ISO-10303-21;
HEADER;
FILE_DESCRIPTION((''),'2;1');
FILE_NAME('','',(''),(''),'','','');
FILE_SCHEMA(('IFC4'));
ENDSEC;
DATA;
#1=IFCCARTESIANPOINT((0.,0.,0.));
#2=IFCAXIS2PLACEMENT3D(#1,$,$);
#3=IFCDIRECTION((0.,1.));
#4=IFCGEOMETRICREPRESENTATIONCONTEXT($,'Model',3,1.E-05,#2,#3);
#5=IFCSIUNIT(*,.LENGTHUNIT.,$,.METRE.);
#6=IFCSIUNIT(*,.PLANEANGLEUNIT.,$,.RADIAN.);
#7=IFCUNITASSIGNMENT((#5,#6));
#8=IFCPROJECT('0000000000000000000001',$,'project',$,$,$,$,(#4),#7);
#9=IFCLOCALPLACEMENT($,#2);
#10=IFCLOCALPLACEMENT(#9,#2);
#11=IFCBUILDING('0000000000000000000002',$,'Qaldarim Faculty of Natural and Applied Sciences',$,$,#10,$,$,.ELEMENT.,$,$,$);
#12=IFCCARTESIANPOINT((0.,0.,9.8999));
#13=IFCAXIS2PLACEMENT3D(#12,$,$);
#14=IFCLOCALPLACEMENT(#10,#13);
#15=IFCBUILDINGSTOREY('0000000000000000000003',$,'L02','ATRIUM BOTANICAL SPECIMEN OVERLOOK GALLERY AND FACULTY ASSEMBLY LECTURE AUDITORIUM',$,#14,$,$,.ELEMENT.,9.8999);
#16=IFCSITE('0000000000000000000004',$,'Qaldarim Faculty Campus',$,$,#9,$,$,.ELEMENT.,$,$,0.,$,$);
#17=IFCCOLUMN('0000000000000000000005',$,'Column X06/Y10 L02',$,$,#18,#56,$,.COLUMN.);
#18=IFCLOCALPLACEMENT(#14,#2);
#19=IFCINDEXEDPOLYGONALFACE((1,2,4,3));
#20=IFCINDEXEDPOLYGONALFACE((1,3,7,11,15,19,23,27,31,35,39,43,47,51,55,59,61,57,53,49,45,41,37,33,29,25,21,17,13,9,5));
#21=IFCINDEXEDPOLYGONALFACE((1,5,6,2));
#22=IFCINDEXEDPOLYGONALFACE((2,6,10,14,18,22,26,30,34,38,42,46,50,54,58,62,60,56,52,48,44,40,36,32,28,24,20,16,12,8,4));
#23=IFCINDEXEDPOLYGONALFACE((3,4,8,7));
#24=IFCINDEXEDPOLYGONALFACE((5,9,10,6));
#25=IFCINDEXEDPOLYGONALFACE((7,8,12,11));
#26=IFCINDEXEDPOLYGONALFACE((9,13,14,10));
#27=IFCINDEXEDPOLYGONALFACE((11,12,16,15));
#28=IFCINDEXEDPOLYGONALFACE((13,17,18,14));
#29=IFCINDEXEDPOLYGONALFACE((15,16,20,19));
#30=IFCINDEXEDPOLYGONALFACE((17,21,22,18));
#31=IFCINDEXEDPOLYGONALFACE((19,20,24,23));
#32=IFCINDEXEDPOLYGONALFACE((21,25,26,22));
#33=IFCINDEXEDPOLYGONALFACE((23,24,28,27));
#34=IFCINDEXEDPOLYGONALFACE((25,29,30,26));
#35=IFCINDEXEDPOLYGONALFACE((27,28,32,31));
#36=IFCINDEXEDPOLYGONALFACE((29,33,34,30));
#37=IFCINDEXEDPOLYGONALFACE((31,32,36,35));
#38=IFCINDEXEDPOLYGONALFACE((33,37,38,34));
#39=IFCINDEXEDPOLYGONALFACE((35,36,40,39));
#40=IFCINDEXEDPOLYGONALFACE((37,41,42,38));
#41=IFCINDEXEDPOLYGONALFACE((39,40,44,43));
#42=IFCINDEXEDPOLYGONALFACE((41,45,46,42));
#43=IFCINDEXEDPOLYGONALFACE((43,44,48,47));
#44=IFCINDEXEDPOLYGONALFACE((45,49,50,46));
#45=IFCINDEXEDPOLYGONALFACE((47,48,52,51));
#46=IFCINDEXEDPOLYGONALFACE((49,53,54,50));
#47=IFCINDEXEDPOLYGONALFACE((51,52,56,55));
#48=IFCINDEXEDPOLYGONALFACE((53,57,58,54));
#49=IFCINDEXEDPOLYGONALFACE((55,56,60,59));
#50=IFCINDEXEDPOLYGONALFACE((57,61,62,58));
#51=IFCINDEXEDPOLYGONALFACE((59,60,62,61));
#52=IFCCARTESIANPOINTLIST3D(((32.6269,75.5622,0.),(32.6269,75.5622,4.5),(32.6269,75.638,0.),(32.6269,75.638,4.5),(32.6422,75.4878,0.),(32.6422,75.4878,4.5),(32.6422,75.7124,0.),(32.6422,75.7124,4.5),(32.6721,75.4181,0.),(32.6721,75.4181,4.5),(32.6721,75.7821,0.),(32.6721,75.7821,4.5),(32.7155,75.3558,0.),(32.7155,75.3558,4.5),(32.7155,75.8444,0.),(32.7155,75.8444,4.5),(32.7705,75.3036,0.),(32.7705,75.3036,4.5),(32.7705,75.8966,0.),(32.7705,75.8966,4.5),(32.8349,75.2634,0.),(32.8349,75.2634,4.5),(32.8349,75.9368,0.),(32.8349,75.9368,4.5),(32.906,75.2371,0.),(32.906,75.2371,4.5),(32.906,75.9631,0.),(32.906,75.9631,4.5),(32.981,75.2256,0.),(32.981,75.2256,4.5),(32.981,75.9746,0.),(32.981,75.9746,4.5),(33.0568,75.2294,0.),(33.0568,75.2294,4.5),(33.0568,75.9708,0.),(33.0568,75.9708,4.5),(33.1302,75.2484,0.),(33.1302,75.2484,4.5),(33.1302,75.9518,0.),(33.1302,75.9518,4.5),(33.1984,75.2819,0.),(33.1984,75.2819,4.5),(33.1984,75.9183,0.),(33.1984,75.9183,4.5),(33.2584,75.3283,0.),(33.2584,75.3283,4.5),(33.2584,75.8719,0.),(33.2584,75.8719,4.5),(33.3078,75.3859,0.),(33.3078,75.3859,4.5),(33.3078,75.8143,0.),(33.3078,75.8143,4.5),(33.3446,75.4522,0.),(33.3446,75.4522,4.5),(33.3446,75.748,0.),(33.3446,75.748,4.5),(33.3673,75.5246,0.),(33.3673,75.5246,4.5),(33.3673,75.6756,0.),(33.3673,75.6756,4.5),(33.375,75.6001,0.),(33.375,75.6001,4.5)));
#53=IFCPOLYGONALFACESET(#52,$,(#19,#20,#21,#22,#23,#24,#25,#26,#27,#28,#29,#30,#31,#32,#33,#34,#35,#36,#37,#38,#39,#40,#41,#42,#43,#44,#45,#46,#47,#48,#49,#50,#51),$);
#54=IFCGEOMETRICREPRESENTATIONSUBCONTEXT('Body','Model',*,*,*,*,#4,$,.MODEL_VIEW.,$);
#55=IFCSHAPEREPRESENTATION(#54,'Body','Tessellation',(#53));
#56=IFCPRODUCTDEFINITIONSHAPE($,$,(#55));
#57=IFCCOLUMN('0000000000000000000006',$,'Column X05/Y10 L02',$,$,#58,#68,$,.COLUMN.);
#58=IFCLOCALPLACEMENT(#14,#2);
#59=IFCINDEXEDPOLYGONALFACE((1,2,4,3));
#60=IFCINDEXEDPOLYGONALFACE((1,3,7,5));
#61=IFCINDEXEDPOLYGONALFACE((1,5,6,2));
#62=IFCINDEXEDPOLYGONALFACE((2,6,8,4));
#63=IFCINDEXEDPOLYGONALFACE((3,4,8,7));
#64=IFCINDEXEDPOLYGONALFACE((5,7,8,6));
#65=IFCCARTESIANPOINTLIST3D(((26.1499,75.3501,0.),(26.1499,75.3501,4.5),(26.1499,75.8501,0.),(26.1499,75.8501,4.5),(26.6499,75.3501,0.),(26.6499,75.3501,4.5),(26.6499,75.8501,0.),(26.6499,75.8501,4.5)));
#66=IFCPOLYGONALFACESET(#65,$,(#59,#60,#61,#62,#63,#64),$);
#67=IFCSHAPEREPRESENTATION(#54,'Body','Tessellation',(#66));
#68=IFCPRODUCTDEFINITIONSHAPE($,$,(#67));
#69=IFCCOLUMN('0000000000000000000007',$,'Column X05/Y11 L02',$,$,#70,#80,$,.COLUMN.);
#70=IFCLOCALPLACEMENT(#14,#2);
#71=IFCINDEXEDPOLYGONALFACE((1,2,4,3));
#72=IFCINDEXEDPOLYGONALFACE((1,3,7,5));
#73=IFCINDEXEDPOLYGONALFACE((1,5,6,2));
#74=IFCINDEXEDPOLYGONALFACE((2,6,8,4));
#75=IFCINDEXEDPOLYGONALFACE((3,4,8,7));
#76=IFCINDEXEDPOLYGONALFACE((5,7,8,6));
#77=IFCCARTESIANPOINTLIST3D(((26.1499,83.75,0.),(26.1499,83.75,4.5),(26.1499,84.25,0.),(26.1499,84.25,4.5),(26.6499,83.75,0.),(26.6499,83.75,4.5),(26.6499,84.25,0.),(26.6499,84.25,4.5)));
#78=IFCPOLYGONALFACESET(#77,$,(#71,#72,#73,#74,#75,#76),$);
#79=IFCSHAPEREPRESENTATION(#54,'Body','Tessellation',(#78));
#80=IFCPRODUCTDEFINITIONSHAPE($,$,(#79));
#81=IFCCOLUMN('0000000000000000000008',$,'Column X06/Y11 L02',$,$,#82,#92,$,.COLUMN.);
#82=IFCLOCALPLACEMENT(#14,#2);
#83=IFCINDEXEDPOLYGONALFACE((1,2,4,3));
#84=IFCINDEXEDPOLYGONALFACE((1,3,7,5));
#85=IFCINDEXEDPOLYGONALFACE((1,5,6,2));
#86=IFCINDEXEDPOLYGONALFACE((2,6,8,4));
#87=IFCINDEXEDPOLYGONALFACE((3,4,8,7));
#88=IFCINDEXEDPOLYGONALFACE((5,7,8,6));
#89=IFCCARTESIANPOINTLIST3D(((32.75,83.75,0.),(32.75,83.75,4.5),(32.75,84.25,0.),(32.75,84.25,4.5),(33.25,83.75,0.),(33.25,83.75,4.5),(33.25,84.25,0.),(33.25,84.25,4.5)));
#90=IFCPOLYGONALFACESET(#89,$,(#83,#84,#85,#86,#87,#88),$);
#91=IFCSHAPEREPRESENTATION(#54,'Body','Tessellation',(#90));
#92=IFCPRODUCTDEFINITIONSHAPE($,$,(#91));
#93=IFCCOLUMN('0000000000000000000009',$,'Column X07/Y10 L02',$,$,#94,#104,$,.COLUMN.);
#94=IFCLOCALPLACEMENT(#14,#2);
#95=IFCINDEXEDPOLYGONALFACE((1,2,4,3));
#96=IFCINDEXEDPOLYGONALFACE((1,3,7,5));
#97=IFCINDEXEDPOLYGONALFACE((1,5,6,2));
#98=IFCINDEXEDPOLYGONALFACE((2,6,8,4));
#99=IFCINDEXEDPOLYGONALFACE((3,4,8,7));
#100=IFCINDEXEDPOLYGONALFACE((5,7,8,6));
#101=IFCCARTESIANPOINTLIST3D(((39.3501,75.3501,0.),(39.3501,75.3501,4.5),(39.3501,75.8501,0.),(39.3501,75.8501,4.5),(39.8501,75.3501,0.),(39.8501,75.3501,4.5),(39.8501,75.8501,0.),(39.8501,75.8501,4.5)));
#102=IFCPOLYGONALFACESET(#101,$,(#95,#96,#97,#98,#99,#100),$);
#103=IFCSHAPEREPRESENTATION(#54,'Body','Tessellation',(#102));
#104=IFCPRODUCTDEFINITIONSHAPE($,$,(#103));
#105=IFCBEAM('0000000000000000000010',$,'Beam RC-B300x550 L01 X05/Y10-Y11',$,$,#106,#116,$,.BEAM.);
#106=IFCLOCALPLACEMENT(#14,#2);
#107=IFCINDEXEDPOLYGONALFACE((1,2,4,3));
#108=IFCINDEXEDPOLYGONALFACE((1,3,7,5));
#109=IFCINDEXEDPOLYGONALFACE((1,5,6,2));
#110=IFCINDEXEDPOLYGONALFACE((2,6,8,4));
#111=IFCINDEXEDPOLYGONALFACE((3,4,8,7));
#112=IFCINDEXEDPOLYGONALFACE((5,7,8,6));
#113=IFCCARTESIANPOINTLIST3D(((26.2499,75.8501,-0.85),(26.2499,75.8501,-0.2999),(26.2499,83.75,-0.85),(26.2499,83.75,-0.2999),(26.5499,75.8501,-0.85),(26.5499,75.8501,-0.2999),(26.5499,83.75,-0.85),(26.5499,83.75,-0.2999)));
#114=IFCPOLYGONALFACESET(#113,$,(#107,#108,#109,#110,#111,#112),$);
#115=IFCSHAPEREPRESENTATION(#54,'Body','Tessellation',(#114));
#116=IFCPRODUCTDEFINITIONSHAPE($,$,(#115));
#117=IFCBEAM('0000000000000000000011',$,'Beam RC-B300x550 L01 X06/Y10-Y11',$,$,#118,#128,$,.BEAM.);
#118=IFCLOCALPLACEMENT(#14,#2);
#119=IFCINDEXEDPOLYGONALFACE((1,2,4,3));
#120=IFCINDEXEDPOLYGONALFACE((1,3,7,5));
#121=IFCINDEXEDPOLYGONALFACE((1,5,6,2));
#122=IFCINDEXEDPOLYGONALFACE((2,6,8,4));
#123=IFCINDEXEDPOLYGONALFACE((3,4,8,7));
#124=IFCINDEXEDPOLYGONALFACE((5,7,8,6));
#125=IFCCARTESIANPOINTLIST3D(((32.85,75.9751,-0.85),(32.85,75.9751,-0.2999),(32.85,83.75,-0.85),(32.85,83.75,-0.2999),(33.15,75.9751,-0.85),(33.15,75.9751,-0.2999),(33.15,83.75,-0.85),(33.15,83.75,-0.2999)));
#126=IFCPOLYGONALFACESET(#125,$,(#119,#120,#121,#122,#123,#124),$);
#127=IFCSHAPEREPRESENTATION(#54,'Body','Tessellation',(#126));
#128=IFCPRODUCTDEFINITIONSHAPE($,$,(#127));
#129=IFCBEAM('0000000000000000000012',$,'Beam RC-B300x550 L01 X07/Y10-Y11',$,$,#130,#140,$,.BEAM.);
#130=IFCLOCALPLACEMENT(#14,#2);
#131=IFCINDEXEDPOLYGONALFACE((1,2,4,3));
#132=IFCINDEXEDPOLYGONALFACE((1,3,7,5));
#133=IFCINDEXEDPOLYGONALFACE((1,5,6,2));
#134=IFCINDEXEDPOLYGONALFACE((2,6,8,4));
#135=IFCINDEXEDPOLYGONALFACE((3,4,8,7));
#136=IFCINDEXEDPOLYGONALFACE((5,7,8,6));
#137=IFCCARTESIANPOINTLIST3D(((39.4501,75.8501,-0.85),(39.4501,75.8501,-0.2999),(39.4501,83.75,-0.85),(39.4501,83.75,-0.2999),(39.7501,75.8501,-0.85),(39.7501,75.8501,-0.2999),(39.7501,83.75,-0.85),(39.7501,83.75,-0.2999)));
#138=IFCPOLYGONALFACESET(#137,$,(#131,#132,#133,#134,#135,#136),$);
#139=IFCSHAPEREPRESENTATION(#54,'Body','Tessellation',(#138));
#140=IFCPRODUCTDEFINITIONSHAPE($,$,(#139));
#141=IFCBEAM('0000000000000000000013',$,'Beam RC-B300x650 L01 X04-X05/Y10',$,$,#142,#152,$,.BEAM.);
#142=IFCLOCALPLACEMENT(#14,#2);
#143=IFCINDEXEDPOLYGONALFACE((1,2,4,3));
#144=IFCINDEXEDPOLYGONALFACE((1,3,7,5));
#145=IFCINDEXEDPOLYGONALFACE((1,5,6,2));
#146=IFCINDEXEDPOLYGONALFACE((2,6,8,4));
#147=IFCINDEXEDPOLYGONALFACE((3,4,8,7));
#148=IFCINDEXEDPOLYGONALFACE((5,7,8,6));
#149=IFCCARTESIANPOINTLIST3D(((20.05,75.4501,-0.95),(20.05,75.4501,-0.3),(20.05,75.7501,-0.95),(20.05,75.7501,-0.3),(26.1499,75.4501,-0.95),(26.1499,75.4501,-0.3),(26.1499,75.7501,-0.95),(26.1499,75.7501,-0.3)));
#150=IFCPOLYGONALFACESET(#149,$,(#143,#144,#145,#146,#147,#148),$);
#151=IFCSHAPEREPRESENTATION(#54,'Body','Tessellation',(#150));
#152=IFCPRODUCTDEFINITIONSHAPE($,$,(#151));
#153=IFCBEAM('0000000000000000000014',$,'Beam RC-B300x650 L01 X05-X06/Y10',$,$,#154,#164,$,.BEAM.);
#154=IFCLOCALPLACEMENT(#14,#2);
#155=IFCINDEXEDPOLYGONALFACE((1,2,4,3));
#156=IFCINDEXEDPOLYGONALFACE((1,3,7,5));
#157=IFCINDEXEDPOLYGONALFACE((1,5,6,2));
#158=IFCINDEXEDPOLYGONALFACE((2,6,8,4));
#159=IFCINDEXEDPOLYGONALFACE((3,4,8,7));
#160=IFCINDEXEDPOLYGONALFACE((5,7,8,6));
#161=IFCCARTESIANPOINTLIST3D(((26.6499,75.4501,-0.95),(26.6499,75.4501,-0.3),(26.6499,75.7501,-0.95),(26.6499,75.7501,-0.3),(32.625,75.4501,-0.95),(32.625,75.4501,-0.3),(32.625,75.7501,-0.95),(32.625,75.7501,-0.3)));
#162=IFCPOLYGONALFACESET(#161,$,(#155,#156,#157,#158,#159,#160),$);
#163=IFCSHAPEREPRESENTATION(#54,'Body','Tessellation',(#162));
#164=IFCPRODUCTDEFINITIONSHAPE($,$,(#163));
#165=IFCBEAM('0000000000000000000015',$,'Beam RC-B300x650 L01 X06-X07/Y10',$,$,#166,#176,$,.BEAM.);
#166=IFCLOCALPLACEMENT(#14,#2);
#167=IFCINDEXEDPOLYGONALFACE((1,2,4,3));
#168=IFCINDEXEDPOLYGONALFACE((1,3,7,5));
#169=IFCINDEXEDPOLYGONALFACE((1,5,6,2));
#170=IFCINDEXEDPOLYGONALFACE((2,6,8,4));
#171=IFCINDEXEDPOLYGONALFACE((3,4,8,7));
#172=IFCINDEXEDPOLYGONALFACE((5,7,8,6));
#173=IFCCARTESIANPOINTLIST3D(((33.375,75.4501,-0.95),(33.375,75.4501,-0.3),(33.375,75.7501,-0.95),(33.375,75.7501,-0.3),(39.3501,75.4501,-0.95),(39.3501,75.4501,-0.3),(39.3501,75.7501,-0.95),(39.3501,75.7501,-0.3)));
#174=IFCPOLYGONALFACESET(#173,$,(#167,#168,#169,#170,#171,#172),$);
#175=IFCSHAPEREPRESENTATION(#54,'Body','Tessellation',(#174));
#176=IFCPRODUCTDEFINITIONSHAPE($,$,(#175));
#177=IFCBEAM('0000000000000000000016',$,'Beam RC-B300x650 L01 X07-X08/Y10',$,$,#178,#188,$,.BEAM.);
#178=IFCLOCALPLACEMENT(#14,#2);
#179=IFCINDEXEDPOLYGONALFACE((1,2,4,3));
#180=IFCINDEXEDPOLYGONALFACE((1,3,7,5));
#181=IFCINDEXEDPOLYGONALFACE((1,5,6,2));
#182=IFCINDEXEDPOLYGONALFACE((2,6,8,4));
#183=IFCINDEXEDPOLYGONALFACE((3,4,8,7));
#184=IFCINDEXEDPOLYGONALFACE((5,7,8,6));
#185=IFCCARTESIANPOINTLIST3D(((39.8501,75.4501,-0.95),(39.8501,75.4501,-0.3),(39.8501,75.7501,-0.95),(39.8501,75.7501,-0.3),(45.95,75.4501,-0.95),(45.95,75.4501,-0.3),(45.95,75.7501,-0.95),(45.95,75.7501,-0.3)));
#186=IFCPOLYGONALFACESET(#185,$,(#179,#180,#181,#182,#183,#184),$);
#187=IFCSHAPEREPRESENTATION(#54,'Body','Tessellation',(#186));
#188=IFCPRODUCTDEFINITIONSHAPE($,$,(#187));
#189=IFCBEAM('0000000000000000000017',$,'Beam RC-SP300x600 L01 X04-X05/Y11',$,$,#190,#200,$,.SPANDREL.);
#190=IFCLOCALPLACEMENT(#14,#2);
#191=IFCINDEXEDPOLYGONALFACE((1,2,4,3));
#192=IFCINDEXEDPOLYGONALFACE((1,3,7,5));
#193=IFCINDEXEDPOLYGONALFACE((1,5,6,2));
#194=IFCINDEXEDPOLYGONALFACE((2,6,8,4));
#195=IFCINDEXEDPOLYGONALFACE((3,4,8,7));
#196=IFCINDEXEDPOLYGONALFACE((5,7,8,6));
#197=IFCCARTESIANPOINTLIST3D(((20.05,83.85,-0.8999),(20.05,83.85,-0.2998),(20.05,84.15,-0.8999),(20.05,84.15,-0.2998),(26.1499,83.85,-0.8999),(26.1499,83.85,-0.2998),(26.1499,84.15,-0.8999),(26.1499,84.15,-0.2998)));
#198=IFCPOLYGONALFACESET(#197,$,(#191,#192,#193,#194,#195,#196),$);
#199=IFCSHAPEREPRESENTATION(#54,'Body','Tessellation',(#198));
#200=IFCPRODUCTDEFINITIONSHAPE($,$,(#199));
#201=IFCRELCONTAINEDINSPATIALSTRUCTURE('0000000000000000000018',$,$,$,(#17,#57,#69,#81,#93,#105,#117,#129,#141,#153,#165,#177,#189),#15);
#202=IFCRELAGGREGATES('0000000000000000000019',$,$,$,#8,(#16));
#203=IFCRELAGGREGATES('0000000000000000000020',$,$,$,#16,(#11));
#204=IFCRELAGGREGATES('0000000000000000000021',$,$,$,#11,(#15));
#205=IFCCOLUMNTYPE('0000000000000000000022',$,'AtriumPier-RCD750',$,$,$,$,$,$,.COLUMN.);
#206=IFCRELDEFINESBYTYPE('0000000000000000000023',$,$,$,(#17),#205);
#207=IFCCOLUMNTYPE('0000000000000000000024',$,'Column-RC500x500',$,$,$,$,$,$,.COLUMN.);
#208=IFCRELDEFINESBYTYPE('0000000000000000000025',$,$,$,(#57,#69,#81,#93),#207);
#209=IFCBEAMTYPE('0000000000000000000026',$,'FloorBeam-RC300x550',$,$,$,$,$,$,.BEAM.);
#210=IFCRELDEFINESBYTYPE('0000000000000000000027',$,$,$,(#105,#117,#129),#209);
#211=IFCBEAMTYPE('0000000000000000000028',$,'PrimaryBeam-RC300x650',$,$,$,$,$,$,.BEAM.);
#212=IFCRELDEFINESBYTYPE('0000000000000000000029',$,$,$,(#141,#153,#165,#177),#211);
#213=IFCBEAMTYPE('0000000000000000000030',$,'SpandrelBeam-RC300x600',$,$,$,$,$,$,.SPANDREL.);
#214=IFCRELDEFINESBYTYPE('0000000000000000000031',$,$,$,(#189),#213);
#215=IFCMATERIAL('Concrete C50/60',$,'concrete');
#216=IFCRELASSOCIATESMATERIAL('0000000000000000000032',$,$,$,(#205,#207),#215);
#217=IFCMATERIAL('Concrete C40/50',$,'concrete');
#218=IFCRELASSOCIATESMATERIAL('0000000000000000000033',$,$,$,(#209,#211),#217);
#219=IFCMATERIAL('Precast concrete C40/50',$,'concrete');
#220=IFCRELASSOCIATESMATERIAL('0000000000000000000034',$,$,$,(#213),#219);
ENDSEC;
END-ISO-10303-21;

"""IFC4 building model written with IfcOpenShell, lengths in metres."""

from ifc_helpers import new_model, si_unit, direction, frame, origin, origin_2d, place, context, subcontext, project, spatial, rectangle, circle, extrude, material, material_profile, profile_set, type_object, element, save


model = new_model("IFC4")

# Units and contexts
model_context = context("Model", 3, precision=1e-05, world=origin(), true_north=direction((0.0, 1.0)))
body_context = subcontext(model_context, "Body", "Model", "MODEL_VIEW")
ifc_project = project(units=[si_unit("LENGTHUNIT", "METRE"), si_unit("PLANEANGLEUNIT", "RADIAN")], contexts=[model_context])

# Site, building, storey
site_placement = place(None, origin())
site = spatial("IfcSite", under=ifc_project, at=site_placement, Name="Qaldarim Faculty Campus", CompositionType="ELEMENT", RefElevation=0.0)
building_placement = place(site_placement, origin())
building = spatial("IfcBuilding", under=site, at=building_placement, Name="Qaldarim Faculty of Natural and Applied Sciences", CompositionType="ELEMENT")
storey_placement = place(building_placement, frame((0.0, 0.0, 9.8999)))
storey = spatial("IfcBuildingStorey", under=building, at=storey_placement, Name="L02", Description="ATRIUM BOTANICAL SPECIMEN OVERLOOK GALLERY AND FACULTY ASSEMBLY LECTURE AUDITORIUM", CompositionType="ELEMENT", Elevation=9.8999)

# Columns
ifc_material_1 = material(Name="Concrete C50/60", Category="concrete")
ifc_material_profile_1 = material_profile(ifc_material_1, circle(Radius=0.375, at=origin_2d()), Name="RC-D750")
ifc_profile_set_1 = profile_set([ifc_material_profile_1], Name="Concrete C50/60")
column_type_1 = type_object("IfcColumnType", Name="AtriumPier-RCD750", PredefinedType="COLUMN", material=ifc_profile_set_1)
column_placement = place(storey_placement, frame((33.0, 75.6001, 0.0), z_axis=(0.0, 0.0, 1.0), x_axis=(1.0, 0.0, 0.0)))
element("IfcColumn", 1, at=column_placement, inside=storey, type_object=column_type_1, Name="Column X06/Y10 L02", PredefinedType="COLUMN", context=body_context, shape_type="SweptSolid", body=[
    extrude(circle(Radius=0.375, at=origin_2d()), origin(), (0.0, 0.0, 1.0), 4.5),
])
ifc_material_profile_2 = material_profile(ifc_material_1, rectangle(XDim=0.5, YDim=0.5, at=origin_2d()), Name="RC-C500x500")
ifc_profile_set_2 = profile_set([ifc_material_profile_2], Name="Concrete C50/60")
column_type_2 = type_object("IfcColumnType", Name="Column-RC500x500", PredefinedType="COLUMN", material=ifc_profile_set_2)
for number, where, z_axis, x_axis, name in (
    (2, (26.3999, 75.6001, 0.0), (0.0, 0.0, 1.0), (1.0, 0.0, 0.0), "Column X05/Y10 L02"),
    (3, (26.3999, 84.0, 0.0), (0.0, 0.0, 1.0), (1.0, 0.0, 0.0), "Column X05/Y11 L02"),
    (4, (33.0, 84.0, 0.0), (0.0, 0.0, 1.0), (1.0, 0.0, 0.0), "Column X06/Y11 L02"),
    (5, (39.6001, 75.6001, 0.0), (0.0, 0.0, 1.0), (1.0, 0.0, 0.0), "Column X07/Y10 L02"),
):
    element("IfcColumn", number, at=place(storey_placement, frame(where, z_axis=z_axis, x_axis=x_axis)), inside=storey, type_object=column_type_2, Name=name, PredefinedType="COLUMN", context=body_context, shape_type="SweptSolid", body=[
        extrude(rectangle(XDim=0.5, YDim=0.5, at=origin_2d()), origin(), (0.0, 0.0, 1.0), 4.5),
    ])

# Beams
ifc_material_2 = material(Name="Concrete C40/50", Category="concrete")
ifc_material_profile_3 = material_profile(ifc_material_2, rectangle(XDim=0.3, YDim=0.55, at=origin_2d()), Name="RC-B300x550")
ifc_profile_set_3 = profile_set([ifc_material_profile_3], Name="Concrete C40/50")
beam_type_1 = type_object("IfcBeamType", Name="FloorBeam-RC300x550", PredefinedType="BEAM", material=ifc_profile_set_3)
beam_1_placement = place(storey_placement, frame((26.3999, 75.8501, -0.575), z_axis=(0.0, 1.0, 0.0), x_axis=(-1.0, 0.0, 0.0)))
element("IfcBeam", 6, at=beam_1_placement, inside=storey, type_object=beam_type_1, Name="Beam RC-B300x550 L01 X05/Y10-Y11", PredefinedType="BEAM", context=body_context, shape_type="SweptSolid", body=[
    extrude(rectangle(XDim=0.3, YDim=0.55, at=origin_2d()), origin(), (0.0, 0.0, 1.0), 7.8999),
])
beam_2_placement = place(storey_placement, frame((33.0, 75.9751, -0.575), z_axis=(0.0, 1.0, 0.0), x_axis=(-1.0, 0.0, 0.0)))
element("IfcBeam", 7, at=beam_2_placement, inside=storey, type_object=beam_type_1, Name="Beam RC-B300x550 L01 X06/Y10-Y11", PredefinedType="BEAM", context=body_context, shape_type="SweptSolid", body=[
    extrude(rectangle(XDim=0.3, YDim=0.55, at=origin_2d()), origin(), (0.0, 0.0, 1.0), 7.7749),
])
beam_3_placement = place(storey_placement, frame((39.6001, 75.8501, -0.575), z_axis=(0.0, 1.0, 0.0), x_axis=(-1.0, 0.0, 0.0)))
element("IfcBeam", 8, at=beam_3_placement, inside=storey, type_object=beam_type_1, Name="Beam RC-B300x550 L01 X07/Y10-Y11", PredefinedType="BEAM", context=body_context, shape_type="SweptSolid", body=[
    extrude(rectangle(XDim=0.3, YDim=0.55, at=origin_2d()), origin(), (0.0, 0.0, 1.0), 7.8999),
])
ifc_material_profile_4 = material_profile(ifc_material_2, rectangle(XDim=0.3, YDim=0.6499, at=origin_2d()), Name="RC-B300x650")
ifc_profile_set_4 = profile_set([ifc_material_profile_4], Name="Concrete C40/50")
beam_type_2 = type_object("IfcBeamType", Name="PrimaryBeam-RC300x650", PredefinedType="BEAM", material=ifc_profile_set_4)
beam_4_placement = place(storey_placement, frame((20.05, 75.6001, -0.625), z_axis=(1.0, 0.0, 0.0), x_axis=(0.0, 1.0, 0.0)))
element("IfcBeam", 9, at=beam_4_placement, inside=storey, type_object=beam_type_2, Name="Beam RC-B300x650 L01 X04-X05/Y10", PredefinedType="BEAM", context=body_context, shape_type="SweptSolid", body=[
    extrude(rectangle(XDim=0.3, YDim=0.6499, at=origin_2d()), origin(), (0.0, 0.0, 1.0), 6.0999),
])
for number, where, z_axis, x_axis, name in (
    (10, (26.6499, 75.6001, -0.625), (1.0, 0.0, 0.0), (0.0, 1.0, 0.0), "Beam RC-B300x650 L01 X05-X06/Y10"),
    (11, (33.375, 75.6001, -0.625), (1.0, 0.0, 0.0), (0.0, 1.0, 0.0), "Beam RC-B300x650 L01 X06-X07/Y10"),
):
    element("IfcBeam", number, at=place(storey_placement, frame(where, z_axis=z_axis, x_axis=x_axis)), inside=storey, type_object=beam_type_2, Name=name, PredefinedType="BEAM", context=body_context, shape_type="SweptSolid", body=[
        extrude(rectangle(XDim=0.3, YDim=0.6499, at=origin_2d()), origin(), (0.0, 0.0, 1.0), 5.9751),
    ])
beam_5_placement = place(storey_placement, frame((39.8501, 75.6001, -0.625), z_axis=(1.0, 0.0, 0.0), x_axis=(0.0, 1.0, 0.0)))
element("IfcBeam", 12, at=beam_5_placement, inside=storey, type_object=beam_type_2, Name="Beam RC-B300x650 L01 X07-X08/Y10", PredefinedType="BEAM", context=body_context, shape_type="SweptSolid", body=[
    extrude(rectangle(XDim=0.3, YDim=0.6499, at=origin_2d()), origin(), (0.0, 0.0, 1.0), 6.0999),
])
ifc_material_3 = material(Name="Precast concrete C40/50", Category="concrete")
ifc_material_profile_5 = material_profile(ifc_material_3, rectangle(XDim=0.3, YDim=0.6001, at=origin_2d()), Name="RC-SP300x600")
ifc_profile_set_5 = profile_set([ifc_material_profile_5], Name="Precast concrete C40/50")
beam_type_3 = type_object("IfcBeamType", Name="SpandrelBeam-RC300x600", PredefinedType="SPANDREL", material=ifc_profile_set_5)
beam_6_placement = place(storey_placement, frame((20.05, 84.0, -0.5999), z_axis=(1.0, 0.0, 0.0), x_axis=(0.0, 1.0, 0.0)))
element("IfcBeam", 13, at=beam_6_placement, inside=storey, type_object=beam_type_3, Name="Beam RC-SP300x600 L01 X04-X05/Y11", PredefinedType="SPANDREL", context=body_context, shape_type="SweptSolid", body=[
    extrude(rectangle(XDim=0.3, YDim=0.6001, at=origin_2d()), origin(), (0.0, 0.0, 1.0), 6.0999),
])

save(model, "model.ifc")
